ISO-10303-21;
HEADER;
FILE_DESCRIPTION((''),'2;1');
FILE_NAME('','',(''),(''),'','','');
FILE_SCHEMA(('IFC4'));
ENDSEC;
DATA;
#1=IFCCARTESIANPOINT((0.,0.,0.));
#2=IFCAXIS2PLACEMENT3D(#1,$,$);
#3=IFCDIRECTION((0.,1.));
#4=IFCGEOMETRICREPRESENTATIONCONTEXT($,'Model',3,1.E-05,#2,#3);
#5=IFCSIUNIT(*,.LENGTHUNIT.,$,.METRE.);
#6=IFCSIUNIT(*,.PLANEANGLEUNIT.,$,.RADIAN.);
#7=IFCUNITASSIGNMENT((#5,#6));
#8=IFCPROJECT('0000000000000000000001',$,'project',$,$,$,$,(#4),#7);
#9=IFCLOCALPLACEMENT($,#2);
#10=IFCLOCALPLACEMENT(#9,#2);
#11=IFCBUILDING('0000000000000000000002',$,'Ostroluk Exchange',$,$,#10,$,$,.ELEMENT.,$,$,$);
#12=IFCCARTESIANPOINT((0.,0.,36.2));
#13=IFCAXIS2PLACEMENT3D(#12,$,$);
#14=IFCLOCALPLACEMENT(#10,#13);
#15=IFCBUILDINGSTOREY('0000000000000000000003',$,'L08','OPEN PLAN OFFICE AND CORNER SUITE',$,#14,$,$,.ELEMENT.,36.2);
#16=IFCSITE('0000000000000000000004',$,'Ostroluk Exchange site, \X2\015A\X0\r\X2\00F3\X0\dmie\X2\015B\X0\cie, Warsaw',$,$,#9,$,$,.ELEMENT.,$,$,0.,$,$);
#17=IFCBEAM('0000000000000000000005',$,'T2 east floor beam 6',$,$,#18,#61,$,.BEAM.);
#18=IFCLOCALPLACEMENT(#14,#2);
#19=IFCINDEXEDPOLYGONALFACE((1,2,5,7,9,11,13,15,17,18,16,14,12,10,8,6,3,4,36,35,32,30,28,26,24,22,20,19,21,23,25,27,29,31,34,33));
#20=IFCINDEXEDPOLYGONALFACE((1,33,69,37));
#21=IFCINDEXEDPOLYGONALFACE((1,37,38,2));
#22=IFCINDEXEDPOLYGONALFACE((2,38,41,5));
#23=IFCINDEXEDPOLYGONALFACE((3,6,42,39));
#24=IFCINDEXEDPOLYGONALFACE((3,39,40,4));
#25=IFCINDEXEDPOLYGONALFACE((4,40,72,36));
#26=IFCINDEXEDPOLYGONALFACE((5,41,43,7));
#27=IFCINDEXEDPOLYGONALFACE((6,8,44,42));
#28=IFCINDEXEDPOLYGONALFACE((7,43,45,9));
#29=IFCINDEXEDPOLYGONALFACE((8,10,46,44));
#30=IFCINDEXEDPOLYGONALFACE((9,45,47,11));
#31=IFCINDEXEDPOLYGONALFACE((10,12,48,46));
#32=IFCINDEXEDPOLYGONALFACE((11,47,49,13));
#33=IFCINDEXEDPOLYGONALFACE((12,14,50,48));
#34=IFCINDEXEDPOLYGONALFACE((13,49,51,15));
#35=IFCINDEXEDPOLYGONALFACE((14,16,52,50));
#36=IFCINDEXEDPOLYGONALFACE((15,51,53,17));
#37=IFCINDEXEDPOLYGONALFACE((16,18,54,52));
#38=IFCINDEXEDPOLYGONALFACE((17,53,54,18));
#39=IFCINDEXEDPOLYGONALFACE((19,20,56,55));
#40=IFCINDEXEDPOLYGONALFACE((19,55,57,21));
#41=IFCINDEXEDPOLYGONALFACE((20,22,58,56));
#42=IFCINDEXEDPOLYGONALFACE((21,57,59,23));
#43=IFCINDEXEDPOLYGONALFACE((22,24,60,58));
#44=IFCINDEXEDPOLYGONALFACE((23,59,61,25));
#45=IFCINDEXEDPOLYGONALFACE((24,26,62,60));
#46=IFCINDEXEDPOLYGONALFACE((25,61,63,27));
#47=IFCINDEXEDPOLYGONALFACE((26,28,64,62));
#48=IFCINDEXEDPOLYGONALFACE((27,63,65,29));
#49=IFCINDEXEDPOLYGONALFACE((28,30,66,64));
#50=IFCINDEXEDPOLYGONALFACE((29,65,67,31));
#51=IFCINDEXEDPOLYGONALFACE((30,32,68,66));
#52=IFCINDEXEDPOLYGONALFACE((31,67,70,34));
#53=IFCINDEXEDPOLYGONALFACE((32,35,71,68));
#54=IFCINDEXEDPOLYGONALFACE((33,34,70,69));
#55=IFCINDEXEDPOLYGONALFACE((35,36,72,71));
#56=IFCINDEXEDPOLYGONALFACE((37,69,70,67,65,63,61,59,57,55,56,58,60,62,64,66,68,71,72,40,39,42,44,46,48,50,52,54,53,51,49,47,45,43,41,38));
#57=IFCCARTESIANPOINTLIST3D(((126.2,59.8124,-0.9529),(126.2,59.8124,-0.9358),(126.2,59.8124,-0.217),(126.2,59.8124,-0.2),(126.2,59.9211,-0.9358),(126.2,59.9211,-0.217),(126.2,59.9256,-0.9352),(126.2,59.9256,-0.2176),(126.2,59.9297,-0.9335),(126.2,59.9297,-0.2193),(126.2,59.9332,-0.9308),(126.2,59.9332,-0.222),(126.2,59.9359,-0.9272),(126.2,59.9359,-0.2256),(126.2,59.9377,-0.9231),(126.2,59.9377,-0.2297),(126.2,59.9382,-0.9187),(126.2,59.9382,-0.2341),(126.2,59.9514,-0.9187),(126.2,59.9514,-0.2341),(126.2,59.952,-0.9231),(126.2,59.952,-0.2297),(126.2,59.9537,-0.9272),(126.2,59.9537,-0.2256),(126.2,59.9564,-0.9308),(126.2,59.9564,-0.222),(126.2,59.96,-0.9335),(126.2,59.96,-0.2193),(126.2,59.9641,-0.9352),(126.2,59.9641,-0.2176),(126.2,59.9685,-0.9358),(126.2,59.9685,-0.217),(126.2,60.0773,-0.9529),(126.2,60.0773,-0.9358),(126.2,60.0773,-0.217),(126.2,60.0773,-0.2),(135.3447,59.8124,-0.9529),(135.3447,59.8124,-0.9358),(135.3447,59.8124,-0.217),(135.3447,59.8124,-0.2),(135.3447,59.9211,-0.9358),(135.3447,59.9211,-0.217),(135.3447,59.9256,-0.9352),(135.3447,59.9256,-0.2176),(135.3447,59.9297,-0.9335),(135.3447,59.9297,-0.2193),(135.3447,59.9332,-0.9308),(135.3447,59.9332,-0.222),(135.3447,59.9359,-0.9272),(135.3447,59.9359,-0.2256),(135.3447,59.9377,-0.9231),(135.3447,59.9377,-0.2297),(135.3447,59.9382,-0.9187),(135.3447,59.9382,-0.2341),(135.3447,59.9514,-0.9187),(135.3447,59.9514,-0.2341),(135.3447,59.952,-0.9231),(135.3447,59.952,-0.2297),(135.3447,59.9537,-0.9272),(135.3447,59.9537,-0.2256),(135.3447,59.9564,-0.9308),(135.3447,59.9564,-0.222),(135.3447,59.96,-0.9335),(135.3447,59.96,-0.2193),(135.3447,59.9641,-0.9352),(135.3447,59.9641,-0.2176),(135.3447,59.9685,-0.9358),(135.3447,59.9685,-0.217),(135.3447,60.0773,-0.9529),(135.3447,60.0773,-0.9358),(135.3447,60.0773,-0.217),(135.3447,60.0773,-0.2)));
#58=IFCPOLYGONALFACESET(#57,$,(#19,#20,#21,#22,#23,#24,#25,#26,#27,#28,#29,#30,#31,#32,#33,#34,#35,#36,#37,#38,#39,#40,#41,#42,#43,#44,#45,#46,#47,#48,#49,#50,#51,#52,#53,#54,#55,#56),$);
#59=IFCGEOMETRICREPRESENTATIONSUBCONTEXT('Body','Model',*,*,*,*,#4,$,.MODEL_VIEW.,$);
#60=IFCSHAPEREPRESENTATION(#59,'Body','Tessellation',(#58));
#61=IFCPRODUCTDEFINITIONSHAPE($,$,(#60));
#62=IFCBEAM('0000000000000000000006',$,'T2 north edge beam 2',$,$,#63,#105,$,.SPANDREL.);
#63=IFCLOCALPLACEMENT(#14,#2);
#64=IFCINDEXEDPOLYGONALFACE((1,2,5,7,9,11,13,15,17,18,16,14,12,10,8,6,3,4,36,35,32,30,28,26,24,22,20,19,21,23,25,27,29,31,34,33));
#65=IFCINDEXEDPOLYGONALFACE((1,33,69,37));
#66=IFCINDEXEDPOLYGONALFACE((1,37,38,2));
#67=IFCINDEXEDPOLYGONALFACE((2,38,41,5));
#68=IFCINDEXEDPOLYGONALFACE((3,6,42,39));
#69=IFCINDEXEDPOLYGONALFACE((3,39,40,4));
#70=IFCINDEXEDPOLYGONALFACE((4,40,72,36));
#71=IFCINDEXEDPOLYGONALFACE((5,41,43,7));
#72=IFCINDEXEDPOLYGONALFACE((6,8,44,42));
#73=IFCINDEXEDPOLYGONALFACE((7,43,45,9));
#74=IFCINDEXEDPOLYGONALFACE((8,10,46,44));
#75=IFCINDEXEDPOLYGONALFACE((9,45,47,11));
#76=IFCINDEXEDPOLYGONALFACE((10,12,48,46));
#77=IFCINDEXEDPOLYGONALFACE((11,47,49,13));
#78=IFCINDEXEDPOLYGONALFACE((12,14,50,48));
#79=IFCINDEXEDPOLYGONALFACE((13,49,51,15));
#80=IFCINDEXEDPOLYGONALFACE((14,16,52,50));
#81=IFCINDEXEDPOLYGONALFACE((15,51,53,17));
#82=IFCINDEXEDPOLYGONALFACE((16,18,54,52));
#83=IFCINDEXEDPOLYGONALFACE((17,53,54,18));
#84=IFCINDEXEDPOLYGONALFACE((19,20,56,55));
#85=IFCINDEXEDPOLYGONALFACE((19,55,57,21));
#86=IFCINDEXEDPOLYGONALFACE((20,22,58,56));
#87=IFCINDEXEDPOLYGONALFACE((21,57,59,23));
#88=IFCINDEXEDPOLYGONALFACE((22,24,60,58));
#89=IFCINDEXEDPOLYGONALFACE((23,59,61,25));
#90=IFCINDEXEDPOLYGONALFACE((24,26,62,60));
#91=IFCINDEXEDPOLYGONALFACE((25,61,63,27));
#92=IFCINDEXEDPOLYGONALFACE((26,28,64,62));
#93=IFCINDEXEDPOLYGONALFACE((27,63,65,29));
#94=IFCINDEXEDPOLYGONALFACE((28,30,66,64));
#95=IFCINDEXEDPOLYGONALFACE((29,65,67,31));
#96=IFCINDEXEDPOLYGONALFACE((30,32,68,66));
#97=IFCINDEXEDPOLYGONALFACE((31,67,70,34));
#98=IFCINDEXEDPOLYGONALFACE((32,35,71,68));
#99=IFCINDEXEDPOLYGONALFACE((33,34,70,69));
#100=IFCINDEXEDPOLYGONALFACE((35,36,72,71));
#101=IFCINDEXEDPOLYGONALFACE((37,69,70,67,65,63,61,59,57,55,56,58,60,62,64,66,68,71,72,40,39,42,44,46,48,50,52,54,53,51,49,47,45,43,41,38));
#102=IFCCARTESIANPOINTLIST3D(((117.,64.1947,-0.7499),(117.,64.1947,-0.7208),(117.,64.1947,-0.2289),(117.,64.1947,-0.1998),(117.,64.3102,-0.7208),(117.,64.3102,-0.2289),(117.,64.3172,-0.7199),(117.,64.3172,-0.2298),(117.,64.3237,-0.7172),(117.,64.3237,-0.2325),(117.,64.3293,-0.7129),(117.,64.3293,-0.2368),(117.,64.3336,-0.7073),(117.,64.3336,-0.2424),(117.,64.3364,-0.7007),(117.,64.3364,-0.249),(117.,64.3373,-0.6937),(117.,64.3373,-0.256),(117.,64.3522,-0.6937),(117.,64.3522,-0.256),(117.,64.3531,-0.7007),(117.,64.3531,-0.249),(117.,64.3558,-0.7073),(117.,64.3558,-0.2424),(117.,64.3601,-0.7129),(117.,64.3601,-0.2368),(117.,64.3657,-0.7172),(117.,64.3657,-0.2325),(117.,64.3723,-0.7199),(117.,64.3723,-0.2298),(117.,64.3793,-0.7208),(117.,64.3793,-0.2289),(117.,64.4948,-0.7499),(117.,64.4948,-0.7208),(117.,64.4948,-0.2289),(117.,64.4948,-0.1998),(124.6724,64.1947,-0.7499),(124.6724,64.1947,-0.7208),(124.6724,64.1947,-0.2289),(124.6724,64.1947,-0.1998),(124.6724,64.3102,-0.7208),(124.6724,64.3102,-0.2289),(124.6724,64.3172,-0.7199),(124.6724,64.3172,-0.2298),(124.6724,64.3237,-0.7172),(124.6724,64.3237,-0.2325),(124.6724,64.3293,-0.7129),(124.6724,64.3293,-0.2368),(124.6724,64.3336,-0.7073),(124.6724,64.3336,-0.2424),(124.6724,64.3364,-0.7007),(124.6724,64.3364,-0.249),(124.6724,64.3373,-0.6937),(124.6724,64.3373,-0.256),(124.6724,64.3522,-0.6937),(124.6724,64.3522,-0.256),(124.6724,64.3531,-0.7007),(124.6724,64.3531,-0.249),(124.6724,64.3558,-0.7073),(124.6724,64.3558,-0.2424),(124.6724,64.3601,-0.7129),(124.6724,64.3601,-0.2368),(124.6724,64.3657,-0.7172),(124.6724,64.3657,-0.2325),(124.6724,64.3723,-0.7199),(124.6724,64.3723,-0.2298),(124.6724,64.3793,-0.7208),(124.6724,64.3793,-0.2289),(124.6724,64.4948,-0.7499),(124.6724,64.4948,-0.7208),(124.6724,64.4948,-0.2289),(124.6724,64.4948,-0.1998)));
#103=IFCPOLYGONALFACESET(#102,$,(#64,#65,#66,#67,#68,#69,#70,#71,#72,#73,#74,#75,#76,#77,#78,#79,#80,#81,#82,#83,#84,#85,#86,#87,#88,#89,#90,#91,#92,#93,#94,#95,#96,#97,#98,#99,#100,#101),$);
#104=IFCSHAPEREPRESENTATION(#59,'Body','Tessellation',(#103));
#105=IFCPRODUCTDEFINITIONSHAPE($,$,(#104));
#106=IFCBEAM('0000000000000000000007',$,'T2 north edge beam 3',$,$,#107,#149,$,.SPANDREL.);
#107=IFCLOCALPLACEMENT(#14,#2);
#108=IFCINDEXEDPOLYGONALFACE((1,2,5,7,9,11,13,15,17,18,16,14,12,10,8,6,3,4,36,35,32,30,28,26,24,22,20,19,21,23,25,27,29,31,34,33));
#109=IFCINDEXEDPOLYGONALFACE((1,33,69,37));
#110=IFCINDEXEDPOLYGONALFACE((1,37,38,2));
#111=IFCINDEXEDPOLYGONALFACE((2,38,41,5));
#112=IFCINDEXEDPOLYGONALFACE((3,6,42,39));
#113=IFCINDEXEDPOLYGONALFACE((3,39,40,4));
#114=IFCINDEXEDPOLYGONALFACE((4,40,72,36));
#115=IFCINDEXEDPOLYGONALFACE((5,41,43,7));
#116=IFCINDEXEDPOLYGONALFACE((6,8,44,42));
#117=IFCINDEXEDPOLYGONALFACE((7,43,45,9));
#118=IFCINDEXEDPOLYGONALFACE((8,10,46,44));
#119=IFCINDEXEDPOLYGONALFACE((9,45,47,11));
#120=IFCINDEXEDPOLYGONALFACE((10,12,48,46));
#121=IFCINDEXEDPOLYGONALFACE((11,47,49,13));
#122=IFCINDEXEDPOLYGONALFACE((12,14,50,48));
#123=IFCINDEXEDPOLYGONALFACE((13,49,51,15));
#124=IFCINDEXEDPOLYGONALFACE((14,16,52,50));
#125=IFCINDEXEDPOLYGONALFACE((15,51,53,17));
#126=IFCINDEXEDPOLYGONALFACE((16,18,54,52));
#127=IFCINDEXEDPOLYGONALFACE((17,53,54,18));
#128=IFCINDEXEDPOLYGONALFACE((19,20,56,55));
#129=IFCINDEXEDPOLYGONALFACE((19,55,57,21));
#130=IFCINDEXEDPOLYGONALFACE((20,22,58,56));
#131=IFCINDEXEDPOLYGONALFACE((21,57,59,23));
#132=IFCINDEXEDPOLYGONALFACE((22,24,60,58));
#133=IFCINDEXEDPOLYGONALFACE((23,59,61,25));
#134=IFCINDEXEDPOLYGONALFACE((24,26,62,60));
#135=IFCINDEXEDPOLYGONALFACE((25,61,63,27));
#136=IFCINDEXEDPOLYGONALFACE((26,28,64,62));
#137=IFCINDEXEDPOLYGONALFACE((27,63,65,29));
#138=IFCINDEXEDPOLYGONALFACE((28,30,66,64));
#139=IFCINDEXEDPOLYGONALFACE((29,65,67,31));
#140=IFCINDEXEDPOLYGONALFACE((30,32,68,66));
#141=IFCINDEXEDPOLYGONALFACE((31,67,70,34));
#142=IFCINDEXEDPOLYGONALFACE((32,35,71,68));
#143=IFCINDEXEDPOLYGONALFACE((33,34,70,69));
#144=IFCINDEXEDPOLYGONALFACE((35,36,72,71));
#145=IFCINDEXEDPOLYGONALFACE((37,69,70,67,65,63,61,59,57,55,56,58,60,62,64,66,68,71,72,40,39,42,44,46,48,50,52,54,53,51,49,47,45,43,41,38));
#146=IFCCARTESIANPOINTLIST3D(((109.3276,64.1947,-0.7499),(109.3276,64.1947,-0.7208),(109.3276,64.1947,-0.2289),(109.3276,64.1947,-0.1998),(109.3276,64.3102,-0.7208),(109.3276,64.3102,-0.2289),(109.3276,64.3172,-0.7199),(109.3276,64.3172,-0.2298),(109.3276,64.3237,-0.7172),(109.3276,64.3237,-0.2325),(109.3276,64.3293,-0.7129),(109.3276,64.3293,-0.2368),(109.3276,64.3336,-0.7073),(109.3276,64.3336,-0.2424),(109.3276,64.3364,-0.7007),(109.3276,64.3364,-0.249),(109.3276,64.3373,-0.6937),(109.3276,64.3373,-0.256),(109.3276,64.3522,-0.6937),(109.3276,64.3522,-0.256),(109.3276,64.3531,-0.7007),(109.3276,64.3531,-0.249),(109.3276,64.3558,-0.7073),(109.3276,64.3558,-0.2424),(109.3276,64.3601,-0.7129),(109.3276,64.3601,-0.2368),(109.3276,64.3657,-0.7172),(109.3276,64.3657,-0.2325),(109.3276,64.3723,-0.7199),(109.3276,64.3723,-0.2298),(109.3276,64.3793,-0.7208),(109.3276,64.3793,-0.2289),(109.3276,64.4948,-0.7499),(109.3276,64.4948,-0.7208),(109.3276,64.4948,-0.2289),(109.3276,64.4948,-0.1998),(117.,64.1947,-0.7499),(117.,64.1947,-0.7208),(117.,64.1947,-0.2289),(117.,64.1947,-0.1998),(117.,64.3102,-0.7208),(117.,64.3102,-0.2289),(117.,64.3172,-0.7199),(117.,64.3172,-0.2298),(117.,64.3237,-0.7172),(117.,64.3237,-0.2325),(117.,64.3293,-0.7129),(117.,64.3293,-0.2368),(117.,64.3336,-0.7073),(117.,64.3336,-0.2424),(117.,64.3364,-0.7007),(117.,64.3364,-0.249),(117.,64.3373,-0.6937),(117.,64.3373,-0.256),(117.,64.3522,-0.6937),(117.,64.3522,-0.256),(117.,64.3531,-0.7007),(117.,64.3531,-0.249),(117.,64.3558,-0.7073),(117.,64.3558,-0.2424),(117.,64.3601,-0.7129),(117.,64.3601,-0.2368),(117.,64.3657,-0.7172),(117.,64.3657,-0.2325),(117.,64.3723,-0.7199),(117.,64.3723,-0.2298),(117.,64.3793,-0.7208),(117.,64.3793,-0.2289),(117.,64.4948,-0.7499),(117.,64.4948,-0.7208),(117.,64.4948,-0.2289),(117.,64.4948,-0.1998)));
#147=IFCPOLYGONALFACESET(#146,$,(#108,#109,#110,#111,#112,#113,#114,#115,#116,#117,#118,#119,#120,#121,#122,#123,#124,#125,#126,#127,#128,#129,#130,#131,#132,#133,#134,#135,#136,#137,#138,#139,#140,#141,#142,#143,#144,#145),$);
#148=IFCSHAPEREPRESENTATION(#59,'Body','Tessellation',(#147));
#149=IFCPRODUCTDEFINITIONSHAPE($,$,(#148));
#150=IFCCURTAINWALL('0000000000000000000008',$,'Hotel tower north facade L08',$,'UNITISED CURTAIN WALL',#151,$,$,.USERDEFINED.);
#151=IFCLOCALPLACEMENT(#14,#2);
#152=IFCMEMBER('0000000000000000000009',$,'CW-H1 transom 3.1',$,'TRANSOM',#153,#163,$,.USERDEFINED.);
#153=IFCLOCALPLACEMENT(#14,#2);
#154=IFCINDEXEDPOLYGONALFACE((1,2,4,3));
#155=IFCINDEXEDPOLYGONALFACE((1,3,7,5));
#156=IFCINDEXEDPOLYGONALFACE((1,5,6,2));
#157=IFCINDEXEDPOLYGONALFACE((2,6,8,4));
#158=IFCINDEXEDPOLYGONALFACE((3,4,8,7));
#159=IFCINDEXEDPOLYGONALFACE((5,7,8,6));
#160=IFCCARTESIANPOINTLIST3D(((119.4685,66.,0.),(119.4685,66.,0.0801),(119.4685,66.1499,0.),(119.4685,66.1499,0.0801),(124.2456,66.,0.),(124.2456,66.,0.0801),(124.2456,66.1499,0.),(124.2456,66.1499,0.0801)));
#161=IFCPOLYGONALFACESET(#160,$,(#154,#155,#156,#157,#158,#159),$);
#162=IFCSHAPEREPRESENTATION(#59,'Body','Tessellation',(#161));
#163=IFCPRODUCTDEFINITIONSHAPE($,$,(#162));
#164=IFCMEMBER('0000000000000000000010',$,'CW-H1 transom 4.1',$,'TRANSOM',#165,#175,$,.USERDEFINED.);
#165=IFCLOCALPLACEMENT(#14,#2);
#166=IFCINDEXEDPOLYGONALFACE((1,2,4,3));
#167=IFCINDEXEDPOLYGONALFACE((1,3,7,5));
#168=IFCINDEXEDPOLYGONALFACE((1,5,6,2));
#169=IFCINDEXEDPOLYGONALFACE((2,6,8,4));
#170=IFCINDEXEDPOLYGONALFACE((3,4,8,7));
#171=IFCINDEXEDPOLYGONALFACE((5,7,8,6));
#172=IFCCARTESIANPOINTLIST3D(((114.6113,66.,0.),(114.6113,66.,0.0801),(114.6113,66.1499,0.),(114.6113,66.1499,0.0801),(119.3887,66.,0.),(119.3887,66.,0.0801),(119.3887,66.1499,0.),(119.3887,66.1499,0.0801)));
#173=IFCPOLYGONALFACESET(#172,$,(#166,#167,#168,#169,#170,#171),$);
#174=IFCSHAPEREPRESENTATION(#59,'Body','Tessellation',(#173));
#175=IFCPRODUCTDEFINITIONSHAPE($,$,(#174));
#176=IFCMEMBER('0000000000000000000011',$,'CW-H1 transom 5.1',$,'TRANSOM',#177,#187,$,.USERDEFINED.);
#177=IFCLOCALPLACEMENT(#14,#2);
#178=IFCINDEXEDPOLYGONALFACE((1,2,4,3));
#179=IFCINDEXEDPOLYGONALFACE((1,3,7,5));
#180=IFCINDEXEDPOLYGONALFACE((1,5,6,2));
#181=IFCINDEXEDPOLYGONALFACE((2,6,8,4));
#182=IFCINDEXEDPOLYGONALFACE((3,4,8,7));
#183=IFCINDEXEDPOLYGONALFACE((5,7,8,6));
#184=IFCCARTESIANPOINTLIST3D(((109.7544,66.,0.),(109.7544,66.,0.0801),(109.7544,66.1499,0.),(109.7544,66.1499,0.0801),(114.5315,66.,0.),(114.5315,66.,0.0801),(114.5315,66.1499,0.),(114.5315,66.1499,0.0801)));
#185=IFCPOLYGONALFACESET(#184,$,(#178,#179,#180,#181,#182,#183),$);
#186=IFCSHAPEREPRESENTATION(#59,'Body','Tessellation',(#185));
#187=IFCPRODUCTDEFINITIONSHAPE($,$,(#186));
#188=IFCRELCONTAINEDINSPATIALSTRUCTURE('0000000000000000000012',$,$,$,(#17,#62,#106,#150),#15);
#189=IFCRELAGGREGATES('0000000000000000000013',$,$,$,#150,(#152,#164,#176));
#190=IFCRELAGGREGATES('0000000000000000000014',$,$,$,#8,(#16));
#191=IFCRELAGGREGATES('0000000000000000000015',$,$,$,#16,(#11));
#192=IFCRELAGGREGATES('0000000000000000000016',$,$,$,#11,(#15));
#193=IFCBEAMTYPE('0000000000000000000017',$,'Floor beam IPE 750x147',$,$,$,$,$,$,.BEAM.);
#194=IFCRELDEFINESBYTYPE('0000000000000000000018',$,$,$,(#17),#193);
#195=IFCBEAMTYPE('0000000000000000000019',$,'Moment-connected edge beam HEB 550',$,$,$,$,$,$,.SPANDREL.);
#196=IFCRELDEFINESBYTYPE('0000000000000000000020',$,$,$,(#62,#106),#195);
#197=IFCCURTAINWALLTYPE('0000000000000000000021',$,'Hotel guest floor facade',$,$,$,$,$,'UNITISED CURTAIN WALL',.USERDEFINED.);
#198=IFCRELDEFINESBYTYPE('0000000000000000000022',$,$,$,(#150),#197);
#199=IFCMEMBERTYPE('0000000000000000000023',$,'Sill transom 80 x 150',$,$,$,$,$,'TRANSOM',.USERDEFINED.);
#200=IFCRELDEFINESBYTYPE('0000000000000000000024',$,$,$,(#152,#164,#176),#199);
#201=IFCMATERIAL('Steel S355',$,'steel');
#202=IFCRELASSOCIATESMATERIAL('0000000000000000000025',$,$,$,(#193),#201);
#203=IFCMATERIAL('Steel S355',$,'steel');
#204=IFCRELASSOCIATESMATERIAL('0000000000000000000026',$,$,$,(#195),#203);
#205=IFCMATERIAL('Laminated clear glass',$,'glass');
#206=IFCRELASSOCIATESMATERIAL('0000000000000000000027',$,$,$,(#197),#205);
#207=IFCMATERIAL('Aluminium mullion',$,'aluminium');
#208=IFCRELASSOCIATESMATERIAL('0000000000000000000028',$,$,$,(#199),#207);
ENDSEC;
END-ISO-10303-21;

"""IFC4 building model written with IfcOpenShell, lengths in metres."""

from ifc_helpers import new_model, si_unit, direction, frame, origin, origin_2d, place, context, subcontext, project, spatial, rectangle, i_section, extrude, material, material_profile, profile_set, type_object, element, aggregate, save


model = new_model("IFC4")

# Units and contexts
model_context = context("Model", 3, precision=1e-05, world=origin(), true_north=direction((0.0, 1.0)))
body_context = subcontext(model_context, "Body", "Model", "MODEL_VIEW")
ifc_project = project(units=[si_unit("LENGTHUNIT", "METRE"), si_unit("PLANEANGLEUNIT", "RADIAN")], contexts=[model_context])

# Site, building, storey
site_placement = place(None, origin())
site = spatial("IfcSite", under=ifc_project, at=site_placement, Name="Ostroluk Exchange site, Śródmieście, Warsaw", CompositionType="ELEMENT", RefElevation=0.0)
building_placement = place(site_placement, origin())
building = spatial("IfcBuilding", under=site, at=building_placement, Name="Ostroluk Exchange", CompositionType="ELEMENT")
storey_placement = place(building_placement, frame((0.0, 0.0, 36.2)))
storey = spatial("IfcBuildingStorey", under=building, at=storey_placement, Name="L08", Description="OPEN PLAN OFFICE AND CORNER SUITE", CompositionType="ELEMENT", Elevation=36.2)

# Beams
ifc_material_1 = material(Name="Steel S355", Category="steel")
ifc_material_profile_1 = material_profile(ifc_material_1, i_section(OverallWidth=0.2649, OverallDepth=0.7529, WebThickness=0.0132, FlangeThickness=0.0171, FilletRadius=0.0171, at=origin_2d()), Name="IPE 750x147")
ifc_profile_set_1 = profile_set([ifc_material_profile_1], Name="Steel S355")
beam_type_1 = type_object("IfcBeamType", Name="Floor beam IPE 750x147", PredefinedType="BEAM", material=ifc_profile_set_1)
beam_placement = place(storey_placement, frame((126.2, 59.9448, -0.5764), z_axis=(1.0, 0.0, 0.0), x_axis=(0.0, 1.0, 0.0)))
element("IfcBeam", 1, at=beam_placement, inside=storey, type_object=beam_type_1, Name="T2 east floor beam 6", PredefinedType="BEAM", context=body_context, shape_type="SweptSolid", body=[
    extrude(i_section(OverallWidth=0.2649, OverallDepth=0.7529, WebThickness=0.0132, FlangeThickness=0.0171, FilletRadius=0.0171, at=origin_2d()), origin(), (0.0, 0.0, 1.0), 9.1448),
])
ifc_material_2 = material(Name="Steel S355", Category="steel")
ifc_material_profile_2 = material_profile(ifc_material_2, i_section(OverallWidth=0.3, OverallDepth=0.55, WebThickness=0.0149, FlangeThickness=0.0291, FilletRadius=0.0271, at=origin_2d()), Name="HEB 550")
ifc_profile_set_2 = profile_set([ifc_material_profile_2], Name="Steel S355")
beam_type_2 = type_object("IfcBeamType", Name="Moment-connected edge beam HEB 550", PredefinedType="SPANDREL", material=ifc_profile_set_2)
for number, where, z_axis, x_axis, name in (
    (2, (124.6724, 64.3447, -0.4749), (-1.0, 0.0, 0.0), (0.0, -1.0, 0.0), "T2 north edge beam 2"),
    (3, (117.0, 64.3447, -0.4749), (-1.0, 0.0, 0.0), (0.0, -1.0, 0.0), "T2 north edge beam 3"),
):
    element("IfcBeam", number, at=place(storey_placement, frame(where, z_axis=z_axis, x_axis=x_axis)), inside=storey, type_object=beam_type_2, Name=name, PredefinedType="SPANDREL", context=body_context, shape_type="SweptSolid", body=[
        extrude(i_section(OverallWidth=0.3, OverallDepth=0.55, WebThickness=0.0149, FlangeThickness=0.0291, FilletRadius=0.0271, at=origin_2d()), origin(), (0.0, 0.0, 1.0), 7.6724),
    ])

# Curtain wall, members
ifc_material_3 = material(Name="Laminated clear glass", Category="glass")
curtain_wall_type = type_object("IfcCurtainWallType", Name="Hotel guest floor facade", ElementType="UNITISED CURTAIN WALL", PredefinedType="USERDEFINED", material=ifc_material_3)
curtain_wall_placement = place(storey_placement, origin())
curtain_wall = element("IfcCurtainWall", 4, at=curtain_wall_placement, inside=storey, type_object=curtain_wall_type, Name="Hotel tower north facade L08", ObjectType="UNITISED CURTAIN WALL", PredefinedType="USERDEFINED")
ifc_material_4 = material(Name="Aluminium mullion", Category="aluminium")
ifc_material_profile_3 = material_profile(ifc_material_4, rectangle(XDim=0.1499, YDim=0.0801, at=origin_2d()), Name="Sill transom 80 x 150")
ifc_profile_set_3 = profile_set([ifc_material_profile_3], Name="Aluminium mullion")
member_type_1 = type_object("IfcMemberType", Name="Sill transom 80 x 150", ElementType="TRANSOM", PredefinedType="USERDEFINED", material=ifc_profile_set_3)
member_1_placement = place(storey_placement, frame((124.2456, 66.075, 0.04), z_axis=(-1.0, 0.0, 0.0), x_axis=(0.0, -1.0, 0.0)))
member_1 = element("IfcMember", 5, at=member_1_placement, type_object=member_type_1, Name="CW-H1 transom 3.1", ObjectType="TRANSOM", PredefinedType="USERDEFINED", context=body_context, shape_type="SweptSolid", body=[
    extrude(rectangle(XDim=0.1499, YDim=0.0801, at=origin_2d()), origin(), (0.0, 0.0, 1.0), 4.7771),
])
member_2_placement = place(storey_placement, frame((119.3887, 66.075, 0.04), z_axis=(-1.0, 0.0, 0.0), x_axis=(0.0, -1.0, 0.0)))
member_2 = element("IfcMember", 6, at=member_2_placement, type_object=member_type_1, Name="CW-H1 transom 4.1", ObjectType="TRANSOM", PredefinedType="USERDEFINED", context=body_context, shape_type="SweptSolid", body=[
    extrude(rectangle(XDim=0.1499, YDim=0.0801, at=origin_2d()), origin(), (0.0, 0.0, 1.0), 4.7773),
])
member_3_placement = place(storey_placement, frame((114.5315, 66.075, 0.04), z_axis=(-1.0, 0.0, 0.0), x_axis=(0.0, -1.0, 0.0)))
member_3 = element("IfcMember", 7, at=member_3_placement, type_object=member_type_1, Name="CW-H1 transom 5.1", ObjectType="TRANSOM", PredefinedType="USERDEFINED", context=body_context, shape_type="SweptSolid", body=[
    extrude(rectangle(XDim=0.1499, YDim=0.0801, at=origin_2d()), origin(), (0.0, 0.0, 1.0), 4.7771),
])
aggregate(curtain_wall, [member_1, member_2, member_3])

save(model, "model.ifc")
